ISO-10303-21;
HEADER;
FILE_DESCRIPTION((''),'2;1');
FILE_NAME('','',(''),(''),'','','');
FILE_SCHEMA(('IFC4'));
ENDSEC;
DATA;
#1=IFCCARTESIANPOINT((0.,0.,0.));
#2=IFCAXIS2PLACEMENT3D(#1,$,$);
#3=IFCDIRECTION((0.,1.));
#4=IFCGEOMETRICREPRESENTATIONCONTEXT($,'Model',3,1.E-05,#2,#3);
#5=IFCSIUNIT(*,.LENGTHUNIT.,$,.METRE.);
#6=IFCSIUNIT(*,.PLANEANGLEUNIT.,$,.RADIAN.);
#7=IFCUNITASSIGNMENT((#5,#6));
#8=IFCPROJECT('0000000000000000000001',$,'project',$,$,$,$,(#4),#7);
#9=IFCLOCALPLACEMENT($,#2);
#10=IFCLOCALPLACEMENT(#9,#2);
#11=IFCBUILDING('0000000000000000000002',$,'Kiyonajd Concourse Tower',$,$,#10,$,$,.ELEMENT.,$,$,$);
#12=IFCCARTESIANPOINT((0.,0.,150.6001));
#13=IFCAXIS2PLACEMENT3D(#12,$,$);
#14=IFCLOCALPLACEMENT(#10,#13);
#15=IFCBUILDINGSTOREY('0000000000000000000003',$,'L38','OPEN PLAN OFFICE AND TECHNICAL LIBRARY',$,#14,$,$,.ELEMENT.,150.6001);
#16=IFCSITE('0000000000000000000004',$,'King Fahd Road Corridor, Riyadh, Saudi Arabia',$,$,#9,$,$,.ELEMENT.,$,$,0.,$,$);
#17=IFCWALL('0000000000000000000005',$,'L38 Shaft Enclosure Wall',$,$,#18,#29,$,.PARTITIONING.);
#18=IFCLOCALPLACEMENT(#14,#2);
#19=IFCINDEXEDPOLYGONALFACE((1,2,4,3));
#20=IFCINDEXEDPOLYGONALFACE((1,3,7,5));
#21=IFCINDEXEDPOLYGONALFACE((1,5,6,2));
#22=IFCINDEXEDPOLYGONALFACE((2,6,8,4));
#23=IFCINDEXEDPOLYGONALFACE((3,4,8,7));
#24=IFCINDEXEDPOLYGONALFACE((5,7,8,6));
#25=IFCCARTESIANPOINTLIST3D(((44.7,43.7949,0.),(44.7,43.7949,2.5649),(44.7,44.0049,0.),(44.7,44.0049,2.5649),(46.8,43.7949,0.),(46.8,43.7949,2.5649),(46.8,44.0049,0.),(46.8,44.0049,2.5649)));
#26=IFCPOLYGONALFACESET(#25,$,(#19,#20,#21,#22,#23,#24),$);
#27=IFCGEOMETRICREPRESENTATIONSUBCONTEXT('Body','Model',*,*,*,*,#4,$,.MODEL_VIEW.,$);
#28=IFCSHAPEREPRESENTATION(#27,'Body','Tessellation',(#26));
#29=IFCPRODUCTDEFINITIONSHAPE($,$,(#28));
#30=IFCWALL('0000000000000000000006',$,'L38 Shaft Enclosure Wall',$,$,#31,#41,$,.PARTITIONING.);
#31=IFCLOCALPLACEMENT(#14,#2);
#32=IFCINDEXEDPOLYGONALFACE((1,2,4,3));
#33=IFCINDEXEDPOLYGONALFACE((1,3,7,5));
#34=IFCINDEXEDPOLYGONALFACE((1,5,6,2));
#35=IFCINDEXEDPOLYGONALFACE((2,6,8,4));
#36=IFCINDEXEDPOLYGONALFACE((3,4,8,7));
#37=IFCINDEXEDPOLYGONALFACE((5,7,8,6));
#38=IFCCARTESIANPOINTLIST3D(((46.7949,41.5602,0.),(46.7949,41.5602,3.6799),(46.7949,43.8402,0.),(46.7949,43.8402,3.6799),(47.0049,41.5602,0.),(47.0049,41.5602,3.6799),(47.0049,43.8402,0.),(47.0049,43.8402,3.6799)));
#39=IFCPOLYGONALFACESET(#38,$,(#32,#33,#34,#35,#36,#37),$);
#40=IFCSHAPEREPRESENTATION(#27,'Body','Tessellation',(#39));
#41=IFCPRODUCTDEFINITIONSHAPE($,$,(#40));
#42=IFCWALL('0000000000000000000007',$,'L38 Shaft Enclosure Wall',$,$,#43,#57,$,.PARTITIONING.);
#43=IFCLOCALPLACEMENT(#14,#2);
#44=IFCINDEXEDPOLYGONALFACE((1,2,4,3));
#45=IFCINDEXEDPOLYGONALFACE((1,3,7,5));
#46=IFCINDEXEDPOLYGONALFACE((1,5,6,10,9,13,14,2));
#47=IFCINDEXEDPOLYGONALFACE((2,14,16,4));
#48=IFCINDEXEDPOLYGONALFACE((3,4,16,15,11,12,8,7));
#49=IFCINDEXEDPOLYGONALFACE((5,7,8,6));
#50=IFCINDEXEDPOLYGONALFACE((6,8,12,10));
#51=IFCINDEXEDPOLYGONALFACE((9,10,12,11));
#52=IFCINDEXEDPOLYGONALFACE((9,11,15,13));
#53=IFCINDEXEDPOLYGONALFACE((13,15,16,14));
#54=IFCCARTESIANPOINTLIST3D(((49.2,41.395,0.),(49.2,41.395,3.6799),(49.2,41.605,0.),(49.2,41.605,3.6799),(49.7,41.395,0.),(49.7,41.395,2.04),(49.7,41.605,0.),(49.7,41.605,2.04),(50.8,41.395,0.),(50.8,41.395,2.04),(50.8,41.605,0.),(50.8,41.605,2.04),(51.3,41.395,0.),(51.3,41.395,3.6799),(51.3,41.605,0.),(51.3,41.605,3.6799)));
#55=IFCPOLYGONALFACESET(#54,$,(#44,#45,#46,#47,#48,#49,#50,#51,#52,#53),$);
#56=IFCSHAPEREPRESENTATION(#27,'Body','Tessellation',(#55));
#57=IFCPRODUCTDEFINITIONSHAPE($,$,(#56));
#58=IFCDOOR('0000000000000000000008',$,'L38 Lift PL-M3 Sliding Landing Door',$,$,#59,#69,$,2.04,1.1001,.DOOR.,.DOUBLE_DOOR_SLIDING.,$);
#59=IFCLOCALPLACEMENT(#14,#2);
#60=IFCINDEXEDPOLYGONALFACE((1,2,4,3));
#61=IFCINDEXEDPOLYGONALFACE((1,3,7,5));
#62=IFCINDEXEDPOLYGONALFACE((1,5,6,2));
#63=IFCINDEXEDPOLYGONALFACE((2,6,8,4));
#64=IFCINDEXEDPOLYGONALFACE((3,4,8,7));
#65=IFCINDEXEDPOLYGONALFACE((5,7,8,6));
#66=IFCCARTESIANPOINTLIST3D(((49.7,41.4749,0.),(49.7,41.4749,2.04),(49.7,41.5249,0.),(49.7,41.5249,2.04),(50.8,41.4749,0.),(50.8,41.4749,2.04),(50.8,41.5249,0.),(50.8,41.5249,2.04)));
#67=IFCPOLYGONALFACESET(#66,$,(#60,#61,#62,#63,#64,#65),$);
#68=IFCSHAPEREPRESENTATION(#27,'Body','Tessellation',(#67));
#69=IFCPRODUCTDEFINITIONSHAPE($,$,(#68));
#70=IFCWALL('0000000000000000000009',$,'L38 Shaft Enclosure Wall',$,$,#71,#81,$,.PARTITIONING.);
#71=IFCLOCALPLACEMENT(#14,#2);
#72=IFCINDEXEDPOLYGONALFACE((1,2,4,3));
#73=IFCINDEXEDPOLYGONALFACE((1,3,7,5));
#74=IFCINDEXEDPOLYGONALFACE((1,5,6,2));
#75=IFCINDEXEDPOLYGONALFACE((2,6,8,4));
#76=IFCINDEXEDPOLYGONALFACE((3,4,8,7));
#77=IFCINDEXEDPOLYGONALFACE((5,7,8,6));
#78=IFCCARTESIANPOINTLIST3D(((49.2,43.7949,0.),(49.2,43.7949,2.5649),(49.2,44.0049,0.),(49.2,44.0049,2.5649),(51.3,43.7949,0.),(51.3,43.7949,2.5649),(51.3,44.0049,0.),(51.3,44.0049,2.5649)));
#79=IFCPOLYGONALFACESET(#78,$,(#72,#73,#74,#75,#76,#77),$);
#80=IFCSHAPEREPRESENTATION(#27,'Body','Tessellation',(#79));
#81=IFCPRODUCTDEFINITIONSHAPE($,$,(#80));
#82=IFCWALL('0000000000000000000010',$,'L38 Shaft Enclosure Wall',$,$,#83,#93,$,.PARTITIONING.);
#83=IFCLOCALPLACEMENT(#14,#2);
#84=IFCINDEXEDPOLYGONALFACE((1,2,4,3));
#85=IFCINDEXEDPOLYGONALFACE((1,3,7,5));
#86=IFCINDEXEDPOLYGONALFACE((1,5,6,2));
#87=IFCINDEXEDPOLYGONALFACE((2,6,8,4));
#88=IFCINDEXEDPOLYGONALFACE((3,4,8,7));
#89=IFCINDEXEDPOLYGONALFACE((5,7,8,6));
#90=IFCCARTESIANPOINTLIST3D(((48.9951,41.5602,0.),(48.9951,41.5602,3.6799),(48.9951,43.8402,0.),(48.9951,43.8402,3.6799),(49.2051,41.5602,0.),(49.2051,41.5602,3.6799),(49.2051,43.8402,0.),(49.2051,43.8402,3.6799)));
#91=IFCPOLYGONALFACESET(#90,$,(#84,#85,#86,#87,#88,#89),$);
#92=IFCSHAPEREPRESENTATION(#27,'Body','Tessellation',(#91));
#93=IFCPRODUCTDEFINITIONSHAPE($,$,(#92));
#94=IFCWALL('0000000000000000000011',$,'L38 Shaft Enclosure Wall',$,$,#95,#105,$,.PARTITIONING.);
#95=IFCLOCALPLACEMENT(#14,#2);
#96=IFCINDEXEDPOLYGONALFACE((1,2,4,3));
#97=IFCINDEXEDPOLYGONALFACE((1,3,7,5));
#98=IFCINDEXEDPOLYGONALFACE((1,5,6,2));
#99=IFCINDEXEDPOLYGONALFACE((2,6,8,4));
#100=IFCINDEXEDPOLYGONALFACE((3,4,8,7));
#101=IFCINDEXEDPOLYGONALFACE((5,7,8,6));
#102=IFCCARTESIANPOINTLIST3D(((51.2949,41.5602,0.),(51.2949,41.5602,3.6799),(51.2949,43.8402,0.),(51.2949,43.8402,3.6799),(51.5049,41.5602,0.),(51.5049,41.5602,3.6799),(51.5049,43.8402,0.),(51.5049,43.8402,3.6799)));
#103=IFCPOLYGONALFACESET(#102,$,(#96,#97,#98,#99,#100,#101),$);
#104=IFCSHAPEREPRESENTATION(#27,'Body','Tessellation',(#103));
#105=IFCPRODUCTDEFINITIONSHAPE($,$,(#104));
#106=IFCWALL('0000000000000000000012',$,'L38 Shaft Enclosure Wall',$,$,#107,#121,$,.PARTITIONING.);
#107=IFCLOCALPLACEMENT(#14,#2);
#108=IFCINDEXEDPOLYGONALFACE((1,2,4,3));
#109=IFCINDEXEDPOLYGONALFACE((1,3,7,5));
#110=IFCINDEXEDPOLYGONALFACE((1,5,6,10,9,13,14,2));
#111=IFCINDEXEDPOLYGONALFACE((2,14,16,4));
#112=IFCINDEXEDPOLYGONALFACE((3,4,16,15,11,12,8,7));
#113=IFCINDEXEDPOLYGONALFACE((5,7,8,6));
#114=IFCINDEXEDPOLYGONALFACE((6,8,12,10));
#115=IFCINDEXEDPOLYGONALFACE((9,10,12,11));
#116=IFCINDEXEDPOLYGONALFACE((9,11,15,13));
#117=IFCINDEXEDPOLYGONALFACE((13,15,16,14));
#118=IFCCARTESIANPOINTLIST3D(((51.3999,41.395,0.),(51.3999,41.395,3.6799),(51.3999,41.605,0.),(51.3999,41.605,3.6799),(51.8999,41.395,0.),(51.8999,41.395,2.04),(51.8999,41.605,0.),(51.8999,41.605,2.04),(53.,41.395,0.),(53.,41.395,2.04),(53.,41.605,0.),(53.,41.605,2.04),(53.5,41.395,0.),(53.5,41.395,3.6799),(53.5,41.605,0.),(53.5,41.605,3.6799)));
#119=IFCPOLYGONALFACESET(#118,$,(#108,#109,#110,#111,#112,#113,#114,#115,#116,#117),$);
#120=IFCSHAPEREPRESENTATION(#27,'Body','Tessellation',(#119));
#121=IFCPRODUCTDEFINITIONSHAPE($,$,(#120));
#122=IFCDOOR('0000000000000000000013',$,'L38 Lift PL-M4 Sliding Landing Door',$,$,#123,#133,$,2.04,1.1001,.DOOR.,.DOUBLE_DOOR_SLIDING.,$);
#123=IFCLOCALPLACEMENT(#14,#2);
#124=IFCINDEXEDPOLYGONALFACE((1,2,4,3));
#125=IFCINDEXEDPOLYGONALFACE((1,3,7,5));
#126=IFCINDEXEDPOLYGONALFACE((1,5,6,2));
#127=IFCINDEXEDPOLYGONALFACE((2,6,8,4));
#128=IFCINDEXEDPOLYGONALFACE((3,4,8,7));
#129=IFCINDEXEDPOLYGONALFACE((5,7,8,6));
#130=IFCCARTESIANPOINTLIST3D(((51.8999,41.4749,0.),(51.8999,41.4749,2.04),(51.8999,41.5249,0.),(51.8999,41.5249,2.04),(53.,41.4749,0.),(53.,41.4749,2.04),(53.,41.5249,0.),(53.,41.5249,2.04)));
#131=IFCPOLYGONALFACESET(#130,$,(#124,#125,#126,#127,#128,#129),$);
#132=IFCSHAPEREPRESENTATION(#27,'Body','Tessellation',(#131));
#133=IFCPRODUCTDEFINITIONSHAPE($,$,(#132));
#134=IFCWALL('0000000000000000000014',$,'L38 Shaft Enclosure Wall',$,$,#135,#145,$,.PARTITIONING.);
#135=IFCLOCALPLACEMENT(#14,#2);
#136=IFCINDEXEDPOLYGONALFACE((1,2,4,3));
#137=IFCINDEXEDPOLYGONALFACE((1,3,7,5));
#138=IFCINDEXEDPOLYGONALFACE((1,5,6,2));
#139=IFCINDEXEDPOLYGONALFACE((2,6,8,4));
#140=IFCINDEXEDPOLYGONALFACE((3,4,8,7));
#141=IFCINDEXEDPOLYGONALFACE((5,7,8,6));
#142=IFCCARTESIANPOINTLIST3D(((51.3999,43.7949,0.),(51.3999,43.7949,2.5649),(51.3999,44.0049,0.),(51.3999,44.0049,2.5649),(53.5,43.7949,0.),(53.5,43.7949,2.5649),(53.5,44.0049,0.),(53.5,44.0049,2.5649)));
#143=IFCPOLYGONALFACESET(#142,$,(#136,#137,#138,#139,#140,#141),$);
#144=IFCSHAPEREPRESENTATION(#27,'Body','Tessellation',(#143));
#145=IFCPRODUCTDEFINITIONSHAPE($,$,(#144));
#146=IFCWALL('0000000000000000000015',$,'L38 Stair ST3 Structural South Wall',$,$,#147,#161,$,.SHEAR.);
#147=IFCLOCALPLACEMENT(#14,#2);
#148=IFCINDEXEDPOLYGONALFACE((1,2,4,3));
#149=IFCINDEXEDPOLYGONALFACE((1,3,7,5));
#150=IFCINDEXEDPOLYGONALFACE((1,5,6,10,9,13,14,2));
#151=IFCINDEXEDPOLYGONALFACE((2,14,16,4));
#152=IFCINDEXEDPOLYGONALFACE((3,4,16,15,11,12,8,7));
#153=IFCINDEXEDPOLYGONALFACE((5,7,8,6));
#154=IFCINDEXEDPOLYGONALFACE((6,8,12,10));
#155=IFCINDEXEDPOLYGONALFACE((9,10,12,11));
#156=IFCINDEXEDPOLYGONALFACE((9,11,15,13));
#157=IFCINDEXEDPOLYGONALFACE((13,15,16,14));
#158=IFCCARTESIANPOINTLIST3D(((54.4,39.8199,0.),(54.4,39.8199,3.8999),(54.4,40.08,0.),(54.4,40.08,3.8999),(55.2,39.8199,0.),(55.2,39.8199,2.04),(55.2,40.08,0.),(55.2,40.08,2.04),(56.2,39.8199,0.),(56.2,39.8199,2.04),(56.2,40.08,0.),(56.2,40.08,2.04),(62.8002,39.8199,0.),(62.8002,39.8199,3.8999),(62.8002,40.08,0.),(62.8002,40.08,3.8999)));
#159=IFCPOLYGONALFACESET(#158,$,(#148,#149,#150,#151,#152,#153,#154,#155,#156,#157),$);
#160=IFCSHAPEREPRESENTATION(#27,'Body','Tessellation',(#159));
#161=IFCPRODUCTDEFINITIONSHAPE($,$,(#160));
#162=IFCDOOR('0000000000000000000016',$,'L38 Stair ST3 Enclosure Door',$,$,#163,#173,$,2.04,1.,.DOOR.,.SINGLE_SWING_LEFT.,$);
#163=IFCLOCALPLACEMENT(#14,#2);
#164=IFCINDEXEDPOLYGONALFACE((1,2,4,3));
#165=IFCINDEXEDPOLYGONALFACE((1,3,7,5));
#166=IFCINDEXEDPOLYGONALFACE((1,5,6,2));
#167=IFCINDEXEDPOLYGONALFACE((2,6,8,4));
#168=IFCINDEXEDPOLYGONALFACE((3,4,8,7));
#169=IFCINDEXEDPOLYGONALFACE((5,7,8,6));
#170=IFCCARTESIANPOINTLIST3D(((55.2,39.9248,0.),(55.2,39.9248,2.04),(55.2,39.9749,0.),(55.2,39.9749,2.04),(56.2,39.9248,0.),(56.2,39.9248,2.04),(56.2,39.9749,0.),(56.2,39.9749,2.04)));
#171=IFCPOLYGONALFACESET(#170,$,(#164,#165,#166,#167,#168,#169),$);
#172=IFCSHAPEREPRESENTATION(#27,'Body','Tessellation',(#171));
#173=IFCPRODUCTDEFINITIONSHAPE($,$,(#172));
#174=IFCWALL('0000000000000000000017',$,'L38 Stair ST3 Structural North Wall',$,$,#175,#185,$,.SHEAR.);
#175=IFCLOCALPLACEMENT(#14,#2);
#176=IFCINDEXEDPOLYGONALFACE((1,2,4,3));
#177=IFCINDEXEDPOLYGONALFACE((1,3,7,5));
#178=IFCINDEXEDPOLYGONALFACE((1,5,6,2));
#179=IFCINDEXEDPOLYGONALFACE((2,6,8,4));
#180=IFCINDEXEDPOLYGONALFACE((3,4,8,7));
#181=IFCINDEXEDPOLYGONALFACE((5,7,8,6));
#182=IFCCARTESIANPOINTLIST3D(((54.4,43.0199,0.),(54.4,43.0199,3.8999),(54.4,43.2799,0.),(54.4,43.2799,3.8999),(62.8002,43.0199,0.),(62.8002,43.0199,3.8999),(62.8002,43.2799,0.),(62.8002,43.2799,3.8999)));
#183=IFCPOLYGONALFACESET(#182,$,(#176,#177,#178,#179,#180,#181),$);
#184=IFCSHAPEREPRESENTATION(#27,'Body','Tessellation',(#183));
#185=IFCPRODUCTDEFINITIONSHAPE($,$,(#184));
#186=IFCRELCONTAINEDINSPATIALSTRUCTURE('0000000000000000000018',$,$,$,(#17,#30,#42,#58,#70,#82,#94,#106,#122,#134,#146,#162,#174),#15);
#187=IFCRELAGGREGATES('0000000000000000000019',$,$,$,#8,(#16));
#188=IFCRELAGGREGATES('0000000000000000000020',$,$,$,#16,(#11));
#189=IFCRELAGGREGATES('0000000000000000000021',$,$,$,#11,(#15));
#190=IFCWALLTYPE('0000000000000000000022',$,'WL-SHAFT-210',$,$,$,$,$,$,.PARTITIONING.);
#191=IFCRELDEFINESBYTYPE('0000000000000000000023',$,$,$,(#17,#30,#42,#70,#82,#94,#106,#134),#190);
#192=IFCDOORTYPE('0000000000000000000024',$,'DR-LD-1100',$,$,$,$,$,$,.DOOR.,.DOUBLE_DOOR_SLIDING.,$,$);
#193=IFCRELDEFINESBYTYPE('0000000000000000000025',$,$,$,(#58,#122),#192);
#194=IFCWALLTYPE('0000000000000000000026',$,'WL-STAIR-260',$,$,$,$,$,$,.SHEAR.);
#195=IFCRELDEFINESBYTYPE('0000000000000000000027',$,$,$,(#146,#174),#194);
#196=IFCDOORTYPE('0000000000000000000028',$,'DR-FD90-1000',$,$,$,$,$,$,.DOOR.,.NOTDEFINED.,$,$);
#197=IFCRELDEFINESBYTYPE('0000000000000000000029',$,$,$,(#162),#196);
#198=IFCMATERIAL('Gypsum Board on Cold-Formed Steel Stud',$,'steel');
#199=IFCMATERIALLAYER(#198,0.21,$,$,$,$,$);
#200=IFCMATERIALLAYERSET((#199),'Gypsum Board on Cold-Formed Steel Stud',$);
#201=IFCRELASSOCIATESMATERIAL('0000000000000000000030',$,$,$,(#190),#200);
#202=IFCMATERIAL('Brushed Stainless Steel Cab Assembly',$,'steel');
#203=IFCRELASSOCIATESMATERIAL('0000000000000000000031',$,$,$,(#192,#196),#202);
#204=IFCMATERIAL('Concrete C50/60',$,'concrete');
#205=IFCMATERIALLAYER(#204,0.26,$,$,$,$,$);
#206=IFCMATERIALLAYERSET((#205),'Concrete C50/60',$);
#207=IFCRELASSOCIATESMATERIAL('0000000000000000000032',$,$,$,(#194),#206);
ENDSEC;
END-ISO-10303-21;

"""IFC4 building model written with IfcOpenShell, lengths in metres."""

from ifc_helpers import new_model, si_unit, direction, frame, frame_2d, origin, place, context, subcontext, project, spatial, rectangle, extrude, material, layer, layer_set, type_object, element, fill, save


model = new_model("IFC4")

# Units and contexts
model_context = context("Model", 3, precision=1e-05, world=origin(), true_north=direction((0.0, 1.0)))
body_context = subcontext(model_context, "Body", "Model", "MODEL_VIEW")
ifc_project = project(units=[si_unit("LENGTHUNIT", "METRE"), si_unit("PLANEANGLEUNIT", "RADIAN")], contexts=[model_context])

# Site, building, storey
site_placement = place(None, origin())
site = spatial("IfcSite", under=ifc_project, at=site_placement, Name="King Fahd Road Corridor, Riyadh, Saudi Arabia", CompositionType="ELEMENT", RefElevation=0.0)
building_placement = place(site_placement, origin())
building = spatial("IfcBuilding", under=site, at=building_placement, Name="Kiyonajd Concourse Tower", CompositionType="ELEMENT")
storey_placement = place(building_placement, frame((0.0, 0.0, 150.6001)))
storey = spatial("IfcBuildingStorey", under=building, at=storey_placement, Name="L38", Description="OPEN PLAN OFFICE AND TECHNICAL LIBRARY", CompositionType="ELEMENT", Elevation=150.6001)

# Shared definitions
ifc_material_1 = material(Name="Concrete C50/60", Category="concrete")

# Shared definitions
ifc_material_2 = material(Name="Gypsum Board on Cold-Formed Steel Stud", Category="steel")
ifc_layer_1 = layer(ifc_material_2, 0.21)
ifc_layer_set_1 = layer_set([ifc_layer_1], Name="Gypsum Board on Cold-Formed Steel Stud")
wall_type_1 = type_object("IfcWallType", Name="WL-SHAFT-210", PredefinedType="PARTITIONING", material=ifc_layer_set_1)

# Shared definitions
ifc_material_3 = material(Name="Brushed Stainless Steel Cab Assembly", Category="steel")
door_type_1 = type_object("IfcDoorType", Name="DR-LD-1100", OperationType="DOUBLE_DOOR_SLIDING", PredefinedType="DOOR", material=ifc_material_3)

# Walls
wall_1_placement = place(storey_placement, frame((44.7, 43.8999, 0.0), z_axis=(0.0, 0.0, 1.0), x_axis=(1.0, 0.0, 0.0)))
element("IfcWall", 1, at=wall_1_placement, inside=storey, type_object=wall_type_1, Name="L38 Shaft Enclosure Wall", PredefinedType="PARTITIONING", context=body_context, shape_type="SweptSolid", body=[
    extrude(rectangle(XDim=2.1001, YDim=0.21, at=frame_2d((1.05, 0.0))), origin(), (0.0, 0.0, 1.0), 2.5649),
])
wall_2_placement = place(storey_placement, frame((46.8999, 41.5601, 0.0), z_axis=(0.0, 0.0, 1.0), x_axis=(0.0, 1.0, 0.0)))
element("IfcWall", 2, at=wall_2_placement, inside=storey, type_object=wall_type_1, Name="L38 Shaft Enclosure Wall", PredefinedType="PARTITIONING", context=body_context, shape_type="SweptSolid", body=[
    extrude(rectangle(XDim=2.28, YDim=0.21, at=frame_2d((1.1401, 0.0))), origin(), (0.0, 0.0, 1.0), 3.6799),
])

# Wall, opening, door
wall_3_placement = place(storey_placement, frame((49.2, 41.5, 0.0), z_axis=(0.0, 0.0, 1.0), x_axis=(1.0, 0.0, 0.0)))
wall_3 = element("IfcWall", 3, at=wall_3_placement, inside=storey, type_object=wall_type_1, Name="L38 Shaft Enclosure Wall", PredefinedType="PARTITIONING", context=body_context, shape_type="SweptSolid", body=[
    extrude(rectangle(XDim=2.1001, YDim=0.21, at=frame_2d((1.05, 0.0))), origin(), (0.0, 0.0, 1.0), 3.6799),
])
opening_1_placement = place(wall_3_placement, frame((0.5, 0.0, 0.0)))
opening_1 = element("IfcOpeningElement", 4, at=opening_1_placement, cuts=wall_3, PredefinedType="OPENING", context=body_context, shape_type="SweptSolid", body=[
    extrude(rectangle(XDim=1.1001, YDim=2.04, at=frame_2d((0.55, 1.02))), frame((0.0, 0.115, 0.0), z_axis=(0.0, -1.0, 0.0), x_axis=(1.0, 0.0, 0.0)), (0.0, 0.0, 1.0), 0.23),
])
door_1_placement = place(opening_1_placement, origin())
door_1 = element("IfcDoor", 5, at=door_1_placement, inside=storey, type_object=door_type_1, Name="L38 Lift PL-M3 Sliding Landing Door", OperationType="DOUBLE_DOOR_SLIDING", OverallHeight=2.04, OverallWidth=1.1001, PredefinedType="DOOR", context=body_context, shape_type="SweptSolid", body=[
    extrude(rectangle(XDim=1.1001, YDim=2.04, at=frame_2d((0.55, 1.02))), frame((0.0, 0.0249, 0.0), z_axis=(0.0, -1.0, 0.0), x_axis=(1.0, 0.0, 0.0)), (0.0, 0.0, 1.0), 0.05),
])
fill(opening_1, door_1)

# Walls
wall_4_placement = place(storey_placement, frame((49.2, 43.8999, 0.0), z_axis=(0.0, 0.0, 1.0), x_axis=(1.0, 0.0, 0.0)))
element("IfcWall", 6, at=wall_4_placement, inside=storey, type_object=wall_type_1, Name="L38 Shaft Enclosure Wall", PredefinedType="PARTITIONING", context=body_context, shape_type="SweptSolid", body=[
    extrude(rectangle(XDim=2.1001, YDim=0.21, at=frame_2d((1.05, 0.0))), origin(), (0.0, 0.0, 1.0), 2.5649),
])
for number, where, z_axis, x_axis, name in (
    (7, (49.1001, 41.5601, 0.0), (0.0, 0.0, 1.0), (0.0, 1.0, 0.0), "L38 Shaft Enclosure Wall"),
    (8, (51.3999, 41.5601, 0.0), (0.0, 0.0, 1.0), (0.0, 1.0, 0.0), "L38 Shaft Enclosure Wall"),
):
    element("IfcWall", number, at=place(storey_placement, frame(where, z_axis=z_axis, x_axis=x_axis)), inside=storey, type_object=wall_type_1, Name=name, PredefinedType="PARTITIONING", context=body_context, shape_type="SweptSolid", body=[
        extrude(rectangle(XDim=2.28, YDim=0.21, at=frame_2d((1.1401, 0.0))), origin(), (0.0, 0.0, 1.0), 3.6799),
    ])

# Wall, opening, door
wall_5_placement = place(storey_placement, frame((51.3999, 41.5, 0.0), z_axis=(0.0, 0.0, 1.0), x_axis=(1.0, 0.0, 0.0)))
wall_5 = element("IfcWall", 9, at=wall_5_placement, inside=storey, type_object=wall_type_1, Name="L38 Shaft Enclosure Wall", PredefinedType="PARTITIONING", context=body_context, shape_type="SweptSolid", body=[
    extrude(rectangle(XDim=2.1001, YDim=0.21, at=frame_2d((1.05, 0.0))), origin(), (0.0, 0.0, 1.0), 3.6799),
])
opening_2_placement = place(wall_5_placement, frame((0.5, 0.0, 0.0)))
opening_2 = element("IfcOpeningElement", 10, at=opening_2_placement, cuts=wall_5, PredefinedType="OPENING", context=body_context, shape_type="SweptSolid", body=[
    extrude(rectangle(XDim=1.1001, YDim=2.04, at=frame_2d((0.55, 1.02))), frame((0.0, 0.115, 0.0), z_axis=(0.0, -1.0, 0.0), x_axis=(1.0, 0.0, 0.0)), (0.0, 0.0, 1.0), 0.23),
])
door_2_placement = place(opening_2_placement, origin())
door_2 = element("IfcDoor", 11, at=door_2_placement, inside=storey, type_object=door_type_1, Name="L38 Lift PL-M4 Sliding Landing Door", OperationType="DOUBLE_DOOR_SLIDING", OverallHeight=2.04, OverallWidth=1.1001, PredefinedType="DOOR", context=body_context, shape_type="SweptSolid", body=[
    extrude(rectangle(XDim=1.1001, YDim=2.04, at=frame_2d((0.55, 1.02))), frame((0.0, 0.0249, 0.0), z_axis=(0.0, -1.0, 0.0), x_axis=(1.0, 0.0, 0.0)), (0.0, 0.0, 1.0), 0.05),
])
fill(opening_2, door_2)

# Wall
wall_6_placement = place(storey_placement, frame((51.3999, 43.8999, 0.0), z_axis=(0.0, 0.0, 1.0), x_axis=(1.0, 0.0, 0.0)))
element("IfcWall", 12, at=wall_6_placement, inside=storey, type_object=wall_type_1, Name="L38 Shaft Enclosure Wall", PredefinedType="PARTITIONING", context=body_context, shape_type="SweptSolid", body=[
    extrude(rectangle(XDim=2.1001, YDim=0.21, at=frame_2d((1.05, 0.0))), origin(), (0.0, 0.0, 1.0), 2.5649),
])

# Wall, opening, door
ifc_layer_2 = layer(ifc_material_1, 0.26)
ifc_layer_set_2 = layer_set([ifc_layer_2], Name="Concrete C50/60")
wall_type_2 = type_object("IfcWallType", Name="WL-STAIR-260", PredefinedType="SHEAR", material=ifc_layer_set_2)
wall_7_placement = place(storey_placement, frame((54.3999, 39.95, 0.0), z_axis=(0.0, 0.0, 1.0), x_axis=(1.0, 0.0, 0.0)))
wall_7 = element("IfcWall", 13, at=wall_7_placement, inside=storey, type_object=wall_type_2, Name="L38 Stair ST3 Structural South Wall", PredefinedType="SHEAR", context=body_context, shape_type="SweptSolid", body=[
    extrude(rectangle(XDim=8.4001, YDim=0.26, at=frame_2d((4.2002, 0.0))), origin(), (0.0, 0.0, 1.0), 3.8999),
])
opening_3_placement = place(wall_7_placement, frame((0.8, 0.0, 0.0)))
opening_3 = element("IfcOpeningElement", 14, at=opening_3_placement, cuts=wall_7, PredefinedType="OPENING", context=body_context, shape_type="SweptSolid", body=[
    extrude(rectangle(XDim=1.0, YDim=2.04, at=frame_2d((0.5, 1.02))), frame((0.0, 0.1399, 0.0), z_axis=(0.0, -1.0, 0.0), x_axis=(1.0, 0.0, 0.0)), (0.0, 0.0, 1.0), 0.28),
])
door_type_2 = type_object("IfcDoorType", Name="DR-FD90-1000", OperationType="NOTDEFINED", PredefinedType="DOOR", material=ifc_material_3)
door_3_placement = place(opening_3_placement, origin())
door_3 = element("IfcDoor", 15, at=door_3_placement, inside=storey, type_object=door_type_2, Name="L38 Stair ST3 Enclosure Door", OperationType="SINGLE_SWING_LEFT", OverallHeight=2.04, OverallWidth=1.0, PredefinedType="DOOR", context=body_context, shape_type="SweptSolid", body=[
    extrude(rectangle(XDim=1.0, YDim=2.04, at=frame_2d((0.5, 1.02))), frame((0.0, 0.0249, 0.0), z_axis=(0.0, -1.0, 0.0), x_axis=(1.0, 0.0, 0.0)), (0.0, 0.0, 1.0), 0.05),
])
fill(opening_3, door_3)

# Wall
wall_8_placement = place(storey_placement, frame((54.3999, 43.1499, 0.0), z_axis=(0.0, 0.0, 1.0), x_axis=(1.0, 0.0, 0.0)))
element("IfcWall", 16, at=wall_8_placement, inside=storey, type_object=wall_type_2, Name="L38 Stair ST3 Structural North Wall", PredefinedType="SHEAR", context=body_context, shape_type="SweptSolid", body=[
    extrude(rectangle(XDim=8.4001, YDim=0.26, at=frame_2d((4.2002, 0.0))), origin(), (0.0, 0.0, 1.0), 3.8999),
])

save(model, "model.ifc")
